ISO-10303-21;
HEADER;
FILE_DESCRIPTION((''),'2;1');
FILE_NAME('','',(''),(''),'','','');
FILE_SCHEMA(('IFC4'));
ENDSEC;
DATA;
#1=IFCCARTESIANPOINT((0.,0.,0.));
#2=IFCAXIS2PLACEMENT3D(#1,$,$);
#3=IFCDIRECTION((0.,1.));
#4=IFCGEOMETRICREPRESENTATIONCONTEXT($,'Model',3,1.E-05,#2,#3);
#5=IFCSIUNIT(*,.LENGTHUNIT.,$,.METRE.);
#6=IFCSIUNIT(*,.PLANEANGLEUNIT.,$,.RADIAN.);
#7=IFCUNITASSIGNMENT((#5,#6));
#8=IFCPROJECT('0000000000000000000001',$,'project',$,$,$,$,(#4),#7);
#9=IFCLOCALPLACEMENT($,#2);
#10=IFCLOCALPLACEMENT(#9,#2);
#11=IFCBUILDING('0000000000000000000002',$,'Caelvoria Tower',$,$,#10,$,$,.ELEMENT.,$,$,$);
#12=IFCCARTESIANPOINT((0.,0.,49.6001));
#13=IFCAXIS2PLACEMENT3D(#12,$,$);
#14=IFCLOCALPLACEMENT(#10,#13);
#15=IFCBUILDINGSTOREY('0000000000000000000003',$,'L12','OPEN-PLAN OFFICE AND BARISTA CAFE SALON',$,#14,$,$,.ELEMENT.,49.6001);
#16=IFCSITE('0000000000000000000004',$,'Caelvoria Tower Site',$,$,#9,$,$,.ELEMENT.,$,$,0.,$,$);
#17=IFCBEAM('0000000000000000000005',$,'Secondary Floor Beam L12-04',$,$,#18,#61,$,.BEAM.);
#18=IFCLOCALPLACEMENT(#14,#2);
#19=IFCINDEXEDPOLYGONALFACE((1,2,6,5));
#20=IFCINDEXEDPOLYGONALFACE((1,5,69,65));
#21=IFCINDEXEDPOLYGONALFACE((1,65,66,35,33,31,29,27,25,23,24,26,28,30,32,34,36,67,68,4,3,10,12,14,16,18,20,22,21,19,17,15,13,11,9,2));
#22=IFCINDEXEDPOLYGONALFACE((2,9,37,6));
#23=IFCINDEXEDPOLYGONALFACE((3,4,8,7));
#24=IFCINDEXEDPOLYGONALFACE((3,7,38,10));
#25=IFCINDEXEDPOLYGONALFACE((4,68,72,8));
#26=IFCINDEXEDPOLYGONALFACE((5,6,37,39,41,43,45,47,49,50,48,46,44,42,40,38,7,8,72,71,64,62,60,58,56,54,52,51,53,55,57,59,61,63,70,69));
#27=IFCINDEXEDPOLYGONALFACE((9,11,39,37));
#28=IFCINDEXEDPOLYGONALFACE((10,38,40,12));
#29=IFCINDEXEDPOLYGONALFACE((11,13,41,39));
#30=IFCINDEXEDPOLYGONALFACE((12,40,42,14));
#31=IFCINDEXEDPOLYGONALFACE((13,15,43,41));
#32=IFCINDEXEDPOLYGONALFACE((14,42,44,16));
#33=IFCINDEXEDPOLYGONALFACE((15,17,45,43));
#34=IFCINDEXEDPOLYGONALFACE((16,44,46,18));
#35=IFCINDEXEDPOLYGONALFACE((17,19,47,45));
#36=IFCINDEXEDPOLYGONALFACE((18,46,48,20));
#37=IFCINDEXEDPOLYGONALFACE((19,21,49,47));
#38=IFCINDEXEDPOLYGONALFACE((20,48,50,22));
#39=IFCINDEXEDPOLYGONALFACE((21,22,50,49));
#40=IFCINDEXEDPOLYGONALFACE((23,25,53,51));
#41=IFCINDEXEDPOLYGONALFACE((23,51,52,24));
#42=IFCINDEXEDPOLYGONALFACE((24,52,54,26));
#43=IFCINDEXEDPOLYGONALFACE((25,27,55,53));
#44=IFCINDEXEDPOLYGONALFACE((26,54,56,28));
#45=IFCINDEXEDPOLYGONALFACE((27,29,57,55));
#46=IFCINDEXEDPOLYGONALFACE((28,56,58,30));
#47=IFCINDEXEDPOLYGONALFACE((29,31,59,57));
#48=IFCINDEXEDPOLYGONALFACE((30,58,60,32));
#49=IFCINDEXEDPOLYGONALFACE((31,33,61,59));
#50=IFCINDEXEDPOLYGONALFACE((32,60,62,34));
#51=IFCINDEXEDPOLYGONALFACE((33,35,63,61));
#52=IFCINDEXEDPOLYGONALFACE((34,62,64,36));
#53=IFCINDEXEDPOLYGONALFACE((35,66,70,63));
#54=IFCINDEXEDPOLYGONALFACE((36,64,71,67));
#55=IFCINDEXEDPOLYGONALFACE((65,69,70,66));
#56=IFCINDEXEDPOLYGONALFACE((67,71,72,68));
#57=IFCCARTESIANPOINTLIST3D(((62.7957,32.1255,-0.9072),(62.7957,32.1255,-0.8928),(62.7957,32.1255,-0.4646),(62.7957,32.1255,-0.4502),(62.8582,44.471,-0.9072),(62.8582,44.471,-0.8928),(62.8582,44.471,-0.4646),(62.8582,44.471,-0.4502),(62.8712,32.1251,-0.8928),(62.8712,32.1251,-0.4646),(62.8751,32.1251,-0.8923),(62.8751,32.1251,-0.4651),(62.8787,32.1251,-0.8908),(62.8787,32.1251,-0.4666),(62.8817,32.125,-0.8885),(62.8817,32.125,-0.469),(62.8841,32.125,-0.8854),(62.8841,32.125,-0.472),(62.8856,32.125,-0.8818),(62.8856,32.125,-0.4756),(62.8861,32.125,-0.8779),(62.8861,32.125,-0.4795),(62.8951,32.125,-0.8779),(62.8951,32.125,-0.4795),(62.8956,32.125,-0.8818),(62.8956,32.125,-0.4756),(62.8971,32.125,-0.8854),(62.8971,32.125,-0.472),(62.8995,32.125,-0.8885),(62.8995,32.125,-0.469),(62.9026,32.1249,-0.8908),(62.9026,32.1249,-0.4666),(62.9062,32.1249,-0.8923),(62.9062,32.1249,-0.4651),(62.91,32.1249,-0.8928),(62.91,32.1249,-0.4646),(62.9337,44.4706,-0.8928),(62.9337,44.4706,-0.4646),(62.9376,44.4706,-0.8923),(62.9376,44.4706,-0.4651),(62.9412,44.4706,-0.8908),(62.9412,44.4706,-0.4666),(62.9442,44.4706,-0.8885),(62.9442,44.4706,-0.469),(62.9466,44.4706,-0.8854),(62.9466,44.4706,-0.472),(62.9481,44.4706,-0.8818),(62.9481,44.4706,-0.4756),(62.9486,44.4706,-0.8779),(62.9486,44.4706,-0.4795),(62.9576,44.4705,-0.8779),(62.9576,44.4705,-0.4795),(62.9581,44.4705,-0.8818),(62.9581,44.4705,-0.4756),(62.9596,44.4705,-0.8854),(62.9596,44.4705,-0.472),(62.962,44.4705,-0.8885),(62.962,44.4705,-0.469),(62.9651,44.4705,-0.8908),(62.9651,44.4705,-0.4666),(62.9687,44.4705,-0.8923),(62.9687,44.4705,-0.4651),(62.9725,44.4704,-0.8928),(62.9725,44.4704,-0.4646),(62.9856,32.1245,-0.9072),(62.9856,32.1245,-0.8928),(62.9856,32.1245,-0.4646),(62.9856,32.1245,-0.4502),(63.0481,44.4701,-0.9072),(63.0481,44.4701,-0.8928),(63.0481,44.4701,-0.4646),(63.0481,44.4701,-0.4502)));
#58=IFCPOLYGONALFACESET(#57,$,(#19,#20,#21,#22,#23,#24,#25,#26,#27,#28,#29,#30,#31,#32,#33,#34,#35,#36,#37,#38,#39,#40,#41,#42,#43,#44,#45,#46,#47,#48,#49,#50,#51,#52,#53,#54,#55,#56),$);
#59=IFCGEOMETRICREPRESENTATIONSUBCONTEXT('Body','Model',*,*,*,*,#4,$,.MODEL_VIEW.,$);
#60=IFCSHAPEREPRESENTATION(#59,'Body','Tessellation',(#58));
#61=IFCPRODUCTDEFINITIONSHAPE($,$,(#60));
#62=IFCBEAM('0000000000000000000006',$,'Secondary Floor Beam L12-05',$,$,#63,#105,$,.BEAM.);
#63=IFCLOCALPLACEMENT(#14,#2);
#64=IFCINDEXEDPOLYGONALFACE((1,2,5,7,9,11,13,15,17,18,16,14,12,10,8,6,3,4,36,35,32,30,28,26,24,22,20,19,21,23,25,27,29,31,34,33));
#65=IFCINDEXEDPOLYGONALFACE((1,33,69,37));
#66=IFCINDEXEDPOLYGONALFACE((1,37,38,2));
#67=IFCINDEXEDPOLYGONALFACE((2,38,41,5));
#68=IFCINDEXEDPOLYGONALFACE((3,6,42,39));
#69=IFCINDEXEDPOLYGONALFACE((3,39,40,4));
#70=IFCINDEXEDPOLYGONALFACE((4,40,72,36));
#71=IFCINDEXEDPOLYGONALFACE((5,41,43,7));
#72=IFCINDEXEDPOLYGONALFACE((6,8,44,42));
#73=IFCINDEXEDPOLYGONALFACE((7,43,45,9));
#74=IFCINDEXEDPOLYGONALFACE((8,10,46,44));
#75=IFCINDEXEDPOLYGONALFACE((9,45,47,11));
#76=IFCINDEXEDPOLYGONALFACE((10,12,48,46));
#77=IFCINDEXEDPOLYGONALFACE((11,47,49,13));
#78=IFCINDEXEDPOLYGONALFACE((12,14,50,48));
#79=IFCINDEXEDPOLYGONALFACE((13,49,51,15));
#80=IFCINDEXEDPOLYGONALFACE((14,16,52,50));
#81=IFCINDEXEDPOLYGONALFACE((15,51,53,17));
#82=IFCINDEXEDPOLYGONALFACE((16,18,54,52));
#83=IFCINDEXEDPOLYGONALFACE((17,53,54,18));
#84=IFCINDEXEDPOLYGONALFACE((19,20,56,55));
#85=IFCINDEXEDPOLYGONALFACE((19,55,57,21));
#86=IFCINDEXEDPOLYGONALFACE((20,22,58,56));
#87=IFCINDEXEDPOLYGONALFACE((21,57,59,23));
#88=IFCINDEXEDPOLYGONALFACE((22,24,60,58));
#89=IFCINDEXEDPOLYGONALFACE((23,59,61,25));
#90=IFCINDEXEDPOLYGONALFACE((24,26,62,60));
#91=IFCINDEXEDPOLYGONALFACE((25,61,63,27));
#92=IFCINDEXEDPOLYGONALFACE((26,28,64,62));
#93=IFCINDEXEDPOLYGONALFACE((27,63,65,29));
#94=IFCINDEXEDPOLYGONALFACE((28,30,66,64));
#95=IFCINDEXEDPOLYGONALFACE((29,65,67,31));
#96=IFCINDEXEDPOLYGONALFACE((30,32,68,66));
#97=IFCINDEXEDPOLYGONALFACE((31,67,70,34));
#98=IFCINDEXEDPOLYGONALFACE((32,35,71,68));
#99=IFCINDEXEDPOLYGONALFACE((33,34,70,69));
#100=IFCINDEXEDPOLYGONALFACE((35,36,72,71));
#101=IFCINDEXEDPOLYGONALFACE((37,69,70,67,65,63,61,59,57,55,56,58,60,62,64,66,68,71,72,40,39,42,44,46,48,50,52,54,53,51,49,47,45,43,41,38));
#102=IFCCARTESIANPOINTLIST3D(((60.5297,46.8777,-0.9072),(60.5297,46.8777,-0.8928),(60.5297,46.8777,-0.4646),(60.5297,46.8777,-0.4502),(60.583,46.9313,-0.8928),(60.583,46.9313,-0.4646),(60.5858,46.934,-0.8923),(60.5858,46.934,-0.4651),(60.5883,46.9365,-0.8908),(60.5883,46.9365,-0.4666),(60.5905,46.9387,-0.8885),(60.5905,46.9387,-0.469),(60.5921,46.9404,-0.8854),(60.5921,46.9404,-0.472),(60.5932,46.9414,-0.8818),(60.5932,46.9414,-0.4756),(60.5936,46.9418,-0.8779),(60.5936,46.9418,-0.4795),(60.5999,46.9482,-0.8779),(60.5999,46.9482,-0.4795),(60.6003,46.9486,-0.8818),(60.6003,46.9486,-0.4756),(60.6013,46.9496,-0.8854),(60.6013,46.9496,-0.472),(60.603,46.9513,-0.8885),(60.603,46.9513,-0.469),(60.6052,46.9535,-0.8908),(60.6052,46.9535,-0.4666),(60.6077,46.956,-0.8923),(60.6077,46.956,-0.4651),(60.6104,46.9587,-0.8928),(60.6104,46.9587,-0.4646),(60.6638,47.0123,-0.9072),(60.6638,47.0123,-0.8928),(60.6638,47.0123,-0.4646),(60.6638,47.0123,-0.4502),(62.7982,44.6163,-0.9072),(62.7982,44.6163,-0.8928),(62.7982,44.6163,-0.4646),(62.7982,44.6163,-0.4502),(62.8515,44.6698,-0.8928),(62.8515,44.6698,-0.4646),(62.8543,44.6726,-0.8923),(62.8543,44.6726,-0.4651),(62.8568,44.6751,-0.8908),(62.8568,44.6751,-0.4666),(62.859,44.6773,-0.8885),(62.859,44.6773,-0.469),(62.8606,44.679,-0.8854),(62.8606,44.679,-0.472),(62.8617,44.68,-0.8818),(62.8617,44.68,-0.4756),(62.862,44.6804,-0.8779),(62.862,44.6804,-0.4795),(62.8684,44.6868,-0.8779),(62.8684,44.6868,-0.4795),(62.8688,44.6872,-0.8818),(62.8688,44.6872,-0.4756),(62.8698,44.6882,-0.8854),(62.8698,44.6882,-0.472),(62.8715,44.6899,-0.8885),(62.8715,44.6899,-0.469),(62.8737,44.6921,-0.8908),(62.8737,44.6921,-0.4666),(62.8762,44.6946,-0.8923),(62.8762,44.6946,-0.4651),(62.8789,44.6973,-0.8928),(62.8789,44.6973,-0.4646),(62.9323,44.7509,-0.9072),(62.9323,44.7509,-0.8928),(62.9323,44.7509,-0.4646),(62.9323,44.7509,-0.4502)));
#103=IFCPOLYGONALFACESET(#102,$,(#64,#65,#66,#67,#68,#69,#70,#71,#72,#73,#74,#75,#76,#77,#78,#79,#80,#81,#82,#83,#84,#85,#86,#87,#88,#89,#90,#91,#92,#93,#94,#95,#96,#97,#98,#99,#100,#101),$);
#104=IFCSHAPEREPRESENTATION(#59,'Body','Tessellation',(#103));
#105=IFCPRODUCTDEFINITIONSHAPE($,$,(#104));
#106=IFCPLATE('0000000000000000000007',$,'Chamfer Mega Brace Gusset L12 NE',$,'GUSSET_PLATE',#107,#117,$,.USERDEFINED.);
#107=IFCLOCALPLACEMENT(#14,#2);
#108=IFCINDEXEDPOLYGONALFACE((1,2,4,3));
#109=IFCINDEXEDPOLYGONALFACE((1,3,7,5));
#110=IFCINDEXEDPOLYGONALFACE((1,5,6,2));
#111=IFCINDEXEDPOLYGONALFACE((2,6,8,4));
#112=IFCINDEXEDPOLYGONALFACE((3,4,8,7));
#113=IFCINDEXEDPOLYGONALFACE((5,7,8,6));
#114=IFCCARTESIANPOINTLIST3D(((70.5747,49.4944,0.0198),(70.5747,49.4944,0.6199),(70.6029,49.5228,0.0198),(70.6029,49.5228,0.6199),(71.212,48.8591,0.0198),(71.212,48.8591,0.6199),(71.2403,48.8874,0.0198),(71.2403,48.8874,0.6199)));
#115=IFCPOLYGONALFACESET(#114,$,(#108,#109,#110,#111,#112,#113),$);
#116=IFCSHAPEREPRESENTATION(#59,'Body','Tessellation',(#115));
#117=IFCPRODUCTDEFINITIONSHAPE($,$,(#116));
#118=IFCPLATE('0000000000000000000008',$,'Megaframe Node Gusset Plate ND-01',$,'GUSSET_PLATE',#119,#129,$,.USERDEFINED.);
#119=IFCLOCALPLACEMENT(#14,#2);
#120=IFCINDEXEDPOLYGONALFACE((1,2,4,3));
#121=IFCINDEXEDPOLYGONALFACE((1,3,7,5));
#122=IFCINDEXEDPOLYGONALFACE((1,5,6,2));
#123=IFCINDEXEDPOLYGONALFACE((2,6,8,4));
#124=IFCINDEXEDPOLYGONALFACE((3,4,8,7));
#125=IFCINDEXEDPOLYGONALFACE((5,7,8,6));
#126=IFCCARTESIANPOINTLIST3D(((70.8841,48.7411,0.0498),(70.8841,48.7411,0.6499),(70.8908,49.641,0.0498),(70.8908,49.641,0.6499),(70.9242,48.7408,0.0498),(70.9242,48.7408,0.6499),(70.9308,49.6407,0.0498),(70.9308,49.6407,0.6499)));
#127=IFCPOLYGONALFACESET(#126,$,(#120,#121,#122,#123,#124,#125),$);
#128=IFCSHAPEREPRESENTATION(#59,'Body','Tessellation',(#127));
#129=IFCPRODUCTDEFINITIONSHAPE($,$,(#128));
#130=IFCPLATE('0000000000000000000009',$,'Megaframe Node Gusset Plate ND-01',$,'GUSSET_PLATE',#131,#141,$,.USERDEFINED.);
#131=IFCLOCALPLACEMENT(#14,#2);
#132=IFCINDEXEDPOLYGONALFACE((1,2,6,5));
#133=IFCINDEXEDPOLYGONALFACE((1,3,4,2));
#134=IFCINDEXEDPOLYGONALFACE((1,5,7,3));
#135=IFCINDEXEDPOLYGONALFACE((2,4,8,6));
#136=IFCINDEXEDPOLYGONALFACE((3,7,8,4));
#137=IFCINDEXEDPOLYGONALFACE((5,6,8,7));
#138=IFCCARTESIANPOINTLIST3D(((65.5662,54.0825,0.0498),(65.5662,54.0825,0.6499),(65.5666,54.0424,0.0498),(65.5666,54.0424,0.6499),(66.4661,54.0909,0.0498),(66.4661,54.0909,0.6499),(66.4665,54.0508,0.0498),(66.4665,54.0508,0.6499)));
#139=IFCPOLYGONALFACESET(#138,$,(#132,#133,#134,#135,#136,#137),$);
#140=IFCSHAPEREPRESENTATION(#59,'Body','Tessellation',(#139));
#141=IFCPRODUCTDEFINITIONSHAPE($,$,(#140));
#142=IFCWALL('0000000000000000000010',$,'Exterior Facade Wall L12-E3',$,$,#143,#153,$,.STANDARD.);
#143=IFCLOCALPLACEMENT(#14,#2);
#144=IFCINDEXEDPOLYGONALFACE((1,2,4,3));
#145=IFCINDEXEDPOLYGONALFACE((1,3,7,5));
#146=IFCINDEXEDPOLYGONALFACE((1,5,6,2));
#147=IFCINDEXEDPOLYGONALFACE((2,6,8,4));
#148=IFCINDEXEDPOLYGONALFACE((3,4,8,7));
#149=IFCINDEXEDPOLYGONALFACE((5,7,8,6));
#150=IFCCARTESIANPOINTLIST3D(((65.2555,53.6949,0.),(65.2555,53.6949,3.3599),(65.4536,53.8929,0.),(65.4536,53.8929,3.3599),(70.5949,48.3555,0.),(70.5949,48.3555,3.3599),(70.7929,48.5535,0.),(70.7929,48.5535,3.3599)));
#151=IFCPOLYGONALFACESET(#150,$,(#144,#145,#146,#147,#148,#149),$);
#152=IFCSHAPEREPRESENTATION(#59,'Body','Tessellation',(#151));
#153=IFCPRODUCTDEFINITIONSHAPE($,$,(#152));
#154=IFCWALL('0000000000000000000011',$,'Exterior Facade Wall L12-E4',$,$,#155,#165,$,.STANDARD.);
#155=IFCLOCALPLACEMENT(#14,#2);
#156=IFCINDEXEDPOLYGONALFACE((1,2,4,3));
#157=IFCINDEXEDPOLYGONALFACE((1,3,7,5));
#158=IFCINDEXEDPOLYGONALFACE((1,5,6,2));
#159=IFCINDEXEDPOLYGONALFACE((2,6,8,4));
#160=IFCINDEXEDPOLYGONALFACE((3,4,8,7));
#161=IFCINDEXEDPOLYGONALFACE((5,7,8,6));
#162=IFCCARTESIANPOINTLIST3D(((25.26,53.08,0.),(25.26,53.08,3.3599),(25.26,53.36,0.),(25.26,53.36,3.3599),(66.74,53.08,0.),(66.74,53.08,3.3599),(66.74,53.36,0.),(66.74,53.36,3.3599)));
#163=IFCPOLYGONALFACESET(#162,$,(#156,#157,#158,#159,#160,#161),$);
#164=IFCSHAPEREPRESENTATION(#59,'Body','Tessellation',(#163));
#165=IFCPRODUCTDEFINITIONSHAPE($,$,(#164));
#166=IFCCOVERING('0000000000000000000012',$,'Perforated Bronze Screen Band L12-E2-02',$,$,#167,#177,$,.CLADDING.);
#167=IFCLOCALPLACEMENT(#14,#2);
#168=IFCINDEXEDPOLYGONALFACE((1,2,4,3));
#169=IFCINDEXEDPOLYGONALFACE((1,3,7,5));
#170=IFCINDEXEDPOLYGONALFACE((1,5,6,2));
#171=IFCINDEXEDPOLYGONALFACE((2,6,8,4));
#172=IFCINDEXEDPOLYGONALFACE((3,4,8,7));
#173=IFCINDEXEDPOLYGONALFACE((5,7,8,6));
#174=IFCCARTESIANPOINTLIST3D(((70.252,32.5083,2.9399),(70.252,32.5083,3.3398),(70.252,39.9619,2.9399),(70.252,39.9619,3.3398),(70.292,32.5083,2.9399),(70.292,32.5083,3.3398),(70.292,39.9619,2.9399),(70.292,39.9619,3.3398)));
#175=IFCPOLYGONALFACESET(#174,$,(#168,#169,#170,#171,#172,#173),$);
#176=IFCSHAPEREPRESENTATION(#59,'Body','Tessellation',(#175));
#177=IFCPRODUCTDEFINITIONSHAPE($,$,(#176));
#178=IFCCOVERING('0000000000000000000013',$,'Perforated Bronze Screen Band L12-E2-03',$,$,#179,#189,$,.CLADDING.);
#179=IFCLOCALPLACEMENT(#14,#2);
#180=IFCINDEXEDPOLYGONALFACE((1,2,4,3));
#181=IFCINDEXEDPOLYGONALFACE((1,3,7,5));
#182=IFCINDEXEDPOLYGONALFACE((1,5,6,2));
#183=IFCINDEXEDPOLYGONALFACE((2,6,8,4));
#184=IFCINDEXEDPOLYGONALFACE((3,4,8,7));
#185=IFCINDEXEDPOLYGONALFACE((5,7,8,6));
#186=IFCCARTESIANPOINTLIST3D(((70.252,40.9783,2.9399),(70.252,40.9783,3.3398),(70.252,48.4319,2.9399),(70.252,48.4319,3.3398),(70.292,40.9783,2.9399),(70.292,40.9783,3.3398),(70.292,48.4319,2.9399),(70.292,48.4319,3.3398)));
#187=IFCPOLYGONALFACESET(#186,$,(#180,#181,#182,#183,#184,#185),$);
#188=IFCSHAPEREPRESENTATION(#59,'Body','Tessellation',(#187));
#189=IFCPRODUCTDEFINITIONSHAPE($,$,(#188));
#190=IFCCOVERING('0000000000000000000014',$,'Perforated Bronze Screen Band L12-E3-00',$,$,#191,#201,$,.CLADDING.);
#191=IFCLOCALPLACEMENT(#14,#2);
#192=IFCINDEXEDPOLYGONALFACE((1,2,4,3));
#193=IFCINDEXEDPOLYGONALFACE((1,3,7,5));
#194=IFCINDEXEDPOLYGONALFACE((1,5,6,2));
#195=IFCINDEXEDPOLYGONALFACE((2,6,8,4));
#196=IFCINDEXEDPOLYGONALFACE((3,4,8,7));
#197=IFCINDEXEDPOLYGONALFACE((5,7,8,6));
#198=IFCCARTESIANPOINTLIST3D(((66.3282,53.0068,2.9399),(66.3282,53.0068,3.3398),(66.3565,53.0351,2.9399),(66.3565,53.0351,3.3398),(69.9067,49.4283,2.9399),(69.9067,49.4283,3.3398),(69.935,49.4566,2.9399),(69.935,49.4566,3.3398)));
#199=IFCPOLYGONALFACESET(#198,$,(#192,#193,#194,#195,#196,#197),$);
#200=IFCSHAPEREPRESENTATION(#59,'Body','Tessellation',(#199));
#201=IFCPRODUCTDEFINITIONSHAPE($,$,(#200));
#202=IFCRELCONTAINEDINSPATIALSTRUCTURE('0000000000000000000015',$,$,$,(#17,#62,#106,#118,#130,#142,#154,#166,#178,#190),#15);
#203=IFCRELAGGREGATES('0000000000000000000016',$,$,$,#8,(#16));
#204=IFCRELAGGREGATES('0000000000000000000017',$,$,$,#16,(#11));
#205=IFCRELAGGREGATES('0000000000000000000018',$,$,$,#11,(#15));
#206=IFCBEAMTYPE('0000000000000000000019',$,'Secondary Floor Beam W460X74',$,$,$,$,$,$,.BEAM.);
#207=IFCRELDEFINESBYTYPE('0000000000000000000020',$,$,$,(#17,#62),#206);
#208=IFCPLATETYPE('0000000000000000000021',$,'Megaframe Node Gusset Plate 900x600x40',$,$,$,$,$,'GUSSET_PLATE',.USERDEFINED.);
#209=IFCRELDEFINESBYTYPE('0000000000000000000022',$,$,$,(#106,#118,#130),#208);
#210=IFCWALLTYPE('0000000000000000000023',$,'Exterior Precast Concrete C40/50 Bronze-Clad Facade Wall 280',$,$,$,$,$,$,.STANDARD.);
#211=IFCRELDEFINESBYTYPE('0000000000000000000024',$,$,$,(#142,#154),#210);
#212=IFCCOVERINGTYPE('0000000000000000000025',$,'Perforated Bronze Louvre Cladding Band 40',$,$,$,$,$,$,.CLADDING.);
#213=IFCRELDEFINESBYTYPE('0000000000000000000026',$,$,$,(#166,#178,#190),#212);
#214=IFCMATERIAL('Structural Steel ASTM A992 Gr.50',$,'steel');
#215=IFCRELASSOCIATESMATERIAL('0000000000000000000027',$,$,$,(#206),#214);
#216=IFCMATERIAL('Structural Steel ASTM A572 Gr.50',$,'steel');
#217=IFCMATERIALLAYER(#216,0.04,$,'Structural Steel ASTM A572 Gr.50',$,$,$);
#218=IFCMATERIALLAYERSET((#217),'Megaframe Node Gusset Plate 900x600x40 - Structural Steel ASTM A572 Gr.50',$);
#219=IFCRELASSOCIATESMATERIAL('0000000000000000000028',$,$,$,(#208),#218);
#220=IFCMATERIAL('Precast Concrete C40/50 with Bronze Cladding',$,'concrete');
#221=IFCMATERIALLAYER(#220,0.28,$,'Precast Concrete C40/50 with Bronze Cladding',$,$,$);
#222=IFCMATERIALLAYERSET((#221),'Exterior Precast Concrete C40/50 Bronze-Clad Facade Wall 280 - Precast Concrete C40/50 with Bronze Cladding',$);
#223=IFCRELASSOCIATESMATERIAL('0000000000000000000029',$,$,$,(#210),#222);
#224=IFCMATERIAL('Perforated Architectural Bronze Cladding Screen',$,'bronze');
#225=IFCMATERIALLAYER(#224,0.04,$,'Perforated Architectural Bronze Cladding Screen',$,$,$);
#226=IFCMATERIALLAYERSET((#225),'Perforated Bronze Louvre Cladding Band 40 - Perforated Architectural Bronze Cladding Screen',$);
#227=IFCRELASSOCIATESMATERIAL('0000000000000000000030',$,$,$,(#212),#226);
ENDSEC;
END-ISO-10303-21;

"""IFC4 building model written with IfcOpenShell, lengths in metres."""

from ifc_helpers import new_model, si_unit, direction, frame, frame_2d, origin, origin_2d, place, context, subcontext, project, spatial, rectangle, i_section, extrude, material, layer, layer_set, material_profile, profile_set, type_object, element, save


model = new_model("IFC4")

# Units and contexts
model_context = context("Model", 3, precision=1e-05, world=origin(), true_north=direction((0.0, 1.0)))
body_context = subcontext(model_context, "Body", "Model", "MODEL_VIEW")
ifc_project = project(units=[si_unit("LENGTHUNIT", "METRE"), si_unit("PLANEANGLEUNIT", "RADIAN")], contexts=[model_context])

# Site, building, storey
site_placement = place(None, origin())
site = spatial("IfcSite", under=ifc_project, at=site_placement, Name="Caelvoria Tower Site", CompositionType="ELEMENT", RefElevation=0.0)
building_placement = place(site_placement, origin())
building = spatial("IfcBuilding", under=site, at=building_placement, Name="Caelvoria Tower", CompositionType="ELEMENT")
storey_placement = place(building_placement, frame((0.0, 0.0, 49.6001)))
storey = spatial("IfcBuildingStorey", under=building, at=storey_placement, Name="L12", Description="OPEN-PLAN OFFICE AND BARISTA CAFE SALON", CompositionType="ELEMENT", Elevation=49.6001)

# Shared definitions
ifc_material_1 = material(Name="Structural Steel ASTM A572 Gr.50", Category="steel")

# Beams
ifc_material_2 = material(Name="Structural Steel ASTM A992 Gr.50", Category="steel")
ifc_material_profile_1 = material_profile(ifc_material_2, i_section(OverallWidth=0.1899, OverallDepth=0.457, WebThickness=0.009, FlangeThickness=0.0144, FilletRadius=0.0149, at=origin_2d()), Name="Structural Steel ASTM A992 Gr.50")
ifc_profile_set_1 = profile_set([ifc_material_profile_1], Name="W460X74 - Structural Steel ASTM A992 Gr.50")
beam_type_1 = type_object("IfcBeamType", Name="Secondary Floor Beam W460X74", PredefinedType="BEAM", material=ifc_profile_set_1)
beam_1_placement = place(storey_placement, frame((62.8906, 32.125, -0.6787), z_axis=(0.005063, 0.999987, 0.0), x_axis=(-0.999987, 0.005063, 0.0)))
element("IfcBeam", 1, at=beam_1_placement, inside=storey, type_object=beam_type_1, Name="Secondary Floor Beam L12-04", PredefinedType="BEAM", context=body_context, shape_type="SweptSolid", body=[
    extrude(i_section(OverallWidth=0.1899, OverallDepth=0.457, WebThickness=0.009, FlangeThickness=0.0144, FilletRadius=0.0149, at=origin_2d()), origin(), (0.0, 0.0, 1.0), 12.3457),
])
beam_2_placement = place(storey_placement, frame((62.8652, 44.6836, -0.6787), z_axis=(-0.708211, 0.706001, 0.0), x_axis=(-0.706001, -0.708211, 0.0)))
element("IfcBeam", 2, at=beam_2_placement, inside=storey, type_object=beam_type_1, Name="Secondary Floor Beam L12-05", PredefinedType="BEAM", context=body_context, shape_type="SweptSolid", body=[
    extrude(i_section(OverallWidth=0.1899, OverallDepth=0.457, WebThickness=0.009, FlangeThickness=0.0144, FilletRadius=0.0149, at=origin_2d()), origin(), (0.0, 0.0, 1.0), 3.2031),
])

# Plates
ifc_layer_1 = layer(ifc_material_1, 0.04, Name="Structural Steel ASTM A572 Gr.50")
ifc_layer_set_1 = layer_set([ifc_layer_1], Name="Megaframe Node Gusset Plate 900x600x40 - Structural Steel ASTM A572 Gr.50")
plate_type = type_object("IfcPlateType", Name="Megaframe Node Gusset Plate 900x600x40", ElementType="GUSSET_PLATE", PredefinedType="USERDEFINED", material=ifc_layer_set_1)
for number, where, z_axis, x_axis, name in (
    (3, (70.9075, 49.1909, 0.0198), (0.0, 0.0, 1.0), (-0.70822, 0.705991, 0.0), "Chamfer Mega Brace Gusset L12 NE"),
    (4, (70.9075, 49.1909, 0.0498), (0.0, 0.0, 1.0), (-0.007411, -0.999973, 0.0), "Megaframe Node Gusset Plate ND-01"),
    (5, (66.0164, 54.0667, 0.0498), (0.0, 0.0, 1.0), (-0.999957, -0.009327, 0.0), "Megaframe Node Gusset Plate ND-01"),
):
    element("IfcPlate", number, at=place(storey_placement, frame(where, z_axis=z_axis, x_axis=x_axis)), inside=storey, type_object=plate_type, Name=name, ObjectType="GUSSET_PLATE", PredefinedType="USERDEFINED", context=body_context, shape_type="SweptSolid", body=[
        extrude(rectangle(XDim=0.8999, YDim=0.04, at=origin_2d()), origin(), (0.0, 0.0, 1.0), 0.6001),
    ])

# Walls
ifc_material_3 = material(Name="Precast Concrete C40/50 with Bronze Cladding", Category="concrete")
ifc_layer_2 = layer(ifc_material_3, 0.28, Name="Precast Concrete C40/50 with Bronze Cladding")
ifc_layer_set_2 = layer_set([ifc_layer_2], Name="Exterior Precast Concrete C40/50 Bronze-Clad Facade Wall 280 - Precast Concrete C40/50 with Bronze Cladding")
wall_type = type_object("IfcWallType", Name="Exterior Precast Concrete C40/50 Bronze-Clad Facade Wall 280", PredefinedType="STANDARD", material=ifc_layer_set_2)
wall_1_placement = place(storey_placement, frame((70.6938, 48.4546, 0.0), z_axis=(0.0, 0.0, 1.0), x_axis=(-0.707107, 0.707107, 0.0)))
element("IfcWall", 6, at=wall_1_placement, inside=storey, type_object=wall_type, Name="Exterior Facade Wall L12-E3", PredefinedType="STANDARD", context=body_context, shape_type="SweptSolid", body=[
    extrude(rectangle(XDim=7.551, YDim=0.28, at=frame_2d((3.7754, 0.0))), origin(), (0.0, 0.0, 1.0), 3.3599),
])
wall_2_placement = place(storey_placement, frame((66.74, 53.22, 0.0), z_axis=(0.0, 0.0, 1.0), x_axis=(-1.0, 0.0, 0.0)))
element("IfcWall", 7, at=wall_2_placement, inside=storey, type_object=wall_type, Name="Exterior Facade Wall L12-E4", PredefinedType="STANDARD", context=body_context, shape_type="SweptSolid", body=[
    extrude(rectangle(XDim=41.48, YDim=0.28, at=frame_2d((20.74, 0.0))), origin(), (0.0, 0.0, 1.0), 3.3599),
])

# Coverings
ifc_material_4 = material(Name="Perforated Architectural Bronze Cladding Screen", Category="bronze")
ifc_layer_3 = layer(ifc_material_4, 0.04, Name="Perforated Architectural Bronze Cladding Screen")
ifc_layer_set_3 = layer_set([ifc_layer_3], Name="Perforated Bronze Louvre Cladding Band 40 - Perforated Architectural Bronze Cladding Screen")
covering_type = type_object("IfcCoveringType", Name="Perforated Bronze Louvre Cladding Band 40", PredefinedType="CLADDING", material=ifc_layer_set_3)
for number, where, z_axis, x_axis, name in (
    (8, (70.272, 36.2351, 2.9399), (0.0, 0.0, 1.0), (0.0, 1.0, 0.0), "Perforated Bronze Screen Band L12-E2-02"),
    (9, (70.272, 44.7051, 2.9399), (0.0, 0.0, 1.0), (0.0, 1.0, 0.0), "Perforated Bronze Screen Band L12-E2-03"),
):
    element("IfcCovering", number, at=place(storey_placement, frame(where, z_axis=z_axis, x_axis=x_axis)), inside=storey, type_object=covering_type, Name=name, PredefinedType="CLADDING", context=body_context, shape_type="SweptSolid", body=[
        extrude(rectangle(XDim=7.4536, YDim=0.04, at=origin_2d()), origin(), (0.0, 0.0, 1.0), 0.3999),
    ])
covering_placement = place(storey_placement, frame((68.1316, 51.2317, 2.9399), z_axis=(0.0, 0.0, 1.0), x_axis=(-0.707107, 0.707107, 0.0)))
element("IfcCovering", 10, at=covering_placement, inside=storey, type_object=covering_type, Name="Perforated Bronze Screen Band L12-E3-00", PredefinedType="CLADDING", context=body_context, shape_type="SweptSolid", body=[
    extrude(rectangle(XDim=5.0608, YDim=0.04, at=origin_2d()), origin(), (0.0, 0.0, 1.0), 0.3999),
])

save(model, "model.ifc")
